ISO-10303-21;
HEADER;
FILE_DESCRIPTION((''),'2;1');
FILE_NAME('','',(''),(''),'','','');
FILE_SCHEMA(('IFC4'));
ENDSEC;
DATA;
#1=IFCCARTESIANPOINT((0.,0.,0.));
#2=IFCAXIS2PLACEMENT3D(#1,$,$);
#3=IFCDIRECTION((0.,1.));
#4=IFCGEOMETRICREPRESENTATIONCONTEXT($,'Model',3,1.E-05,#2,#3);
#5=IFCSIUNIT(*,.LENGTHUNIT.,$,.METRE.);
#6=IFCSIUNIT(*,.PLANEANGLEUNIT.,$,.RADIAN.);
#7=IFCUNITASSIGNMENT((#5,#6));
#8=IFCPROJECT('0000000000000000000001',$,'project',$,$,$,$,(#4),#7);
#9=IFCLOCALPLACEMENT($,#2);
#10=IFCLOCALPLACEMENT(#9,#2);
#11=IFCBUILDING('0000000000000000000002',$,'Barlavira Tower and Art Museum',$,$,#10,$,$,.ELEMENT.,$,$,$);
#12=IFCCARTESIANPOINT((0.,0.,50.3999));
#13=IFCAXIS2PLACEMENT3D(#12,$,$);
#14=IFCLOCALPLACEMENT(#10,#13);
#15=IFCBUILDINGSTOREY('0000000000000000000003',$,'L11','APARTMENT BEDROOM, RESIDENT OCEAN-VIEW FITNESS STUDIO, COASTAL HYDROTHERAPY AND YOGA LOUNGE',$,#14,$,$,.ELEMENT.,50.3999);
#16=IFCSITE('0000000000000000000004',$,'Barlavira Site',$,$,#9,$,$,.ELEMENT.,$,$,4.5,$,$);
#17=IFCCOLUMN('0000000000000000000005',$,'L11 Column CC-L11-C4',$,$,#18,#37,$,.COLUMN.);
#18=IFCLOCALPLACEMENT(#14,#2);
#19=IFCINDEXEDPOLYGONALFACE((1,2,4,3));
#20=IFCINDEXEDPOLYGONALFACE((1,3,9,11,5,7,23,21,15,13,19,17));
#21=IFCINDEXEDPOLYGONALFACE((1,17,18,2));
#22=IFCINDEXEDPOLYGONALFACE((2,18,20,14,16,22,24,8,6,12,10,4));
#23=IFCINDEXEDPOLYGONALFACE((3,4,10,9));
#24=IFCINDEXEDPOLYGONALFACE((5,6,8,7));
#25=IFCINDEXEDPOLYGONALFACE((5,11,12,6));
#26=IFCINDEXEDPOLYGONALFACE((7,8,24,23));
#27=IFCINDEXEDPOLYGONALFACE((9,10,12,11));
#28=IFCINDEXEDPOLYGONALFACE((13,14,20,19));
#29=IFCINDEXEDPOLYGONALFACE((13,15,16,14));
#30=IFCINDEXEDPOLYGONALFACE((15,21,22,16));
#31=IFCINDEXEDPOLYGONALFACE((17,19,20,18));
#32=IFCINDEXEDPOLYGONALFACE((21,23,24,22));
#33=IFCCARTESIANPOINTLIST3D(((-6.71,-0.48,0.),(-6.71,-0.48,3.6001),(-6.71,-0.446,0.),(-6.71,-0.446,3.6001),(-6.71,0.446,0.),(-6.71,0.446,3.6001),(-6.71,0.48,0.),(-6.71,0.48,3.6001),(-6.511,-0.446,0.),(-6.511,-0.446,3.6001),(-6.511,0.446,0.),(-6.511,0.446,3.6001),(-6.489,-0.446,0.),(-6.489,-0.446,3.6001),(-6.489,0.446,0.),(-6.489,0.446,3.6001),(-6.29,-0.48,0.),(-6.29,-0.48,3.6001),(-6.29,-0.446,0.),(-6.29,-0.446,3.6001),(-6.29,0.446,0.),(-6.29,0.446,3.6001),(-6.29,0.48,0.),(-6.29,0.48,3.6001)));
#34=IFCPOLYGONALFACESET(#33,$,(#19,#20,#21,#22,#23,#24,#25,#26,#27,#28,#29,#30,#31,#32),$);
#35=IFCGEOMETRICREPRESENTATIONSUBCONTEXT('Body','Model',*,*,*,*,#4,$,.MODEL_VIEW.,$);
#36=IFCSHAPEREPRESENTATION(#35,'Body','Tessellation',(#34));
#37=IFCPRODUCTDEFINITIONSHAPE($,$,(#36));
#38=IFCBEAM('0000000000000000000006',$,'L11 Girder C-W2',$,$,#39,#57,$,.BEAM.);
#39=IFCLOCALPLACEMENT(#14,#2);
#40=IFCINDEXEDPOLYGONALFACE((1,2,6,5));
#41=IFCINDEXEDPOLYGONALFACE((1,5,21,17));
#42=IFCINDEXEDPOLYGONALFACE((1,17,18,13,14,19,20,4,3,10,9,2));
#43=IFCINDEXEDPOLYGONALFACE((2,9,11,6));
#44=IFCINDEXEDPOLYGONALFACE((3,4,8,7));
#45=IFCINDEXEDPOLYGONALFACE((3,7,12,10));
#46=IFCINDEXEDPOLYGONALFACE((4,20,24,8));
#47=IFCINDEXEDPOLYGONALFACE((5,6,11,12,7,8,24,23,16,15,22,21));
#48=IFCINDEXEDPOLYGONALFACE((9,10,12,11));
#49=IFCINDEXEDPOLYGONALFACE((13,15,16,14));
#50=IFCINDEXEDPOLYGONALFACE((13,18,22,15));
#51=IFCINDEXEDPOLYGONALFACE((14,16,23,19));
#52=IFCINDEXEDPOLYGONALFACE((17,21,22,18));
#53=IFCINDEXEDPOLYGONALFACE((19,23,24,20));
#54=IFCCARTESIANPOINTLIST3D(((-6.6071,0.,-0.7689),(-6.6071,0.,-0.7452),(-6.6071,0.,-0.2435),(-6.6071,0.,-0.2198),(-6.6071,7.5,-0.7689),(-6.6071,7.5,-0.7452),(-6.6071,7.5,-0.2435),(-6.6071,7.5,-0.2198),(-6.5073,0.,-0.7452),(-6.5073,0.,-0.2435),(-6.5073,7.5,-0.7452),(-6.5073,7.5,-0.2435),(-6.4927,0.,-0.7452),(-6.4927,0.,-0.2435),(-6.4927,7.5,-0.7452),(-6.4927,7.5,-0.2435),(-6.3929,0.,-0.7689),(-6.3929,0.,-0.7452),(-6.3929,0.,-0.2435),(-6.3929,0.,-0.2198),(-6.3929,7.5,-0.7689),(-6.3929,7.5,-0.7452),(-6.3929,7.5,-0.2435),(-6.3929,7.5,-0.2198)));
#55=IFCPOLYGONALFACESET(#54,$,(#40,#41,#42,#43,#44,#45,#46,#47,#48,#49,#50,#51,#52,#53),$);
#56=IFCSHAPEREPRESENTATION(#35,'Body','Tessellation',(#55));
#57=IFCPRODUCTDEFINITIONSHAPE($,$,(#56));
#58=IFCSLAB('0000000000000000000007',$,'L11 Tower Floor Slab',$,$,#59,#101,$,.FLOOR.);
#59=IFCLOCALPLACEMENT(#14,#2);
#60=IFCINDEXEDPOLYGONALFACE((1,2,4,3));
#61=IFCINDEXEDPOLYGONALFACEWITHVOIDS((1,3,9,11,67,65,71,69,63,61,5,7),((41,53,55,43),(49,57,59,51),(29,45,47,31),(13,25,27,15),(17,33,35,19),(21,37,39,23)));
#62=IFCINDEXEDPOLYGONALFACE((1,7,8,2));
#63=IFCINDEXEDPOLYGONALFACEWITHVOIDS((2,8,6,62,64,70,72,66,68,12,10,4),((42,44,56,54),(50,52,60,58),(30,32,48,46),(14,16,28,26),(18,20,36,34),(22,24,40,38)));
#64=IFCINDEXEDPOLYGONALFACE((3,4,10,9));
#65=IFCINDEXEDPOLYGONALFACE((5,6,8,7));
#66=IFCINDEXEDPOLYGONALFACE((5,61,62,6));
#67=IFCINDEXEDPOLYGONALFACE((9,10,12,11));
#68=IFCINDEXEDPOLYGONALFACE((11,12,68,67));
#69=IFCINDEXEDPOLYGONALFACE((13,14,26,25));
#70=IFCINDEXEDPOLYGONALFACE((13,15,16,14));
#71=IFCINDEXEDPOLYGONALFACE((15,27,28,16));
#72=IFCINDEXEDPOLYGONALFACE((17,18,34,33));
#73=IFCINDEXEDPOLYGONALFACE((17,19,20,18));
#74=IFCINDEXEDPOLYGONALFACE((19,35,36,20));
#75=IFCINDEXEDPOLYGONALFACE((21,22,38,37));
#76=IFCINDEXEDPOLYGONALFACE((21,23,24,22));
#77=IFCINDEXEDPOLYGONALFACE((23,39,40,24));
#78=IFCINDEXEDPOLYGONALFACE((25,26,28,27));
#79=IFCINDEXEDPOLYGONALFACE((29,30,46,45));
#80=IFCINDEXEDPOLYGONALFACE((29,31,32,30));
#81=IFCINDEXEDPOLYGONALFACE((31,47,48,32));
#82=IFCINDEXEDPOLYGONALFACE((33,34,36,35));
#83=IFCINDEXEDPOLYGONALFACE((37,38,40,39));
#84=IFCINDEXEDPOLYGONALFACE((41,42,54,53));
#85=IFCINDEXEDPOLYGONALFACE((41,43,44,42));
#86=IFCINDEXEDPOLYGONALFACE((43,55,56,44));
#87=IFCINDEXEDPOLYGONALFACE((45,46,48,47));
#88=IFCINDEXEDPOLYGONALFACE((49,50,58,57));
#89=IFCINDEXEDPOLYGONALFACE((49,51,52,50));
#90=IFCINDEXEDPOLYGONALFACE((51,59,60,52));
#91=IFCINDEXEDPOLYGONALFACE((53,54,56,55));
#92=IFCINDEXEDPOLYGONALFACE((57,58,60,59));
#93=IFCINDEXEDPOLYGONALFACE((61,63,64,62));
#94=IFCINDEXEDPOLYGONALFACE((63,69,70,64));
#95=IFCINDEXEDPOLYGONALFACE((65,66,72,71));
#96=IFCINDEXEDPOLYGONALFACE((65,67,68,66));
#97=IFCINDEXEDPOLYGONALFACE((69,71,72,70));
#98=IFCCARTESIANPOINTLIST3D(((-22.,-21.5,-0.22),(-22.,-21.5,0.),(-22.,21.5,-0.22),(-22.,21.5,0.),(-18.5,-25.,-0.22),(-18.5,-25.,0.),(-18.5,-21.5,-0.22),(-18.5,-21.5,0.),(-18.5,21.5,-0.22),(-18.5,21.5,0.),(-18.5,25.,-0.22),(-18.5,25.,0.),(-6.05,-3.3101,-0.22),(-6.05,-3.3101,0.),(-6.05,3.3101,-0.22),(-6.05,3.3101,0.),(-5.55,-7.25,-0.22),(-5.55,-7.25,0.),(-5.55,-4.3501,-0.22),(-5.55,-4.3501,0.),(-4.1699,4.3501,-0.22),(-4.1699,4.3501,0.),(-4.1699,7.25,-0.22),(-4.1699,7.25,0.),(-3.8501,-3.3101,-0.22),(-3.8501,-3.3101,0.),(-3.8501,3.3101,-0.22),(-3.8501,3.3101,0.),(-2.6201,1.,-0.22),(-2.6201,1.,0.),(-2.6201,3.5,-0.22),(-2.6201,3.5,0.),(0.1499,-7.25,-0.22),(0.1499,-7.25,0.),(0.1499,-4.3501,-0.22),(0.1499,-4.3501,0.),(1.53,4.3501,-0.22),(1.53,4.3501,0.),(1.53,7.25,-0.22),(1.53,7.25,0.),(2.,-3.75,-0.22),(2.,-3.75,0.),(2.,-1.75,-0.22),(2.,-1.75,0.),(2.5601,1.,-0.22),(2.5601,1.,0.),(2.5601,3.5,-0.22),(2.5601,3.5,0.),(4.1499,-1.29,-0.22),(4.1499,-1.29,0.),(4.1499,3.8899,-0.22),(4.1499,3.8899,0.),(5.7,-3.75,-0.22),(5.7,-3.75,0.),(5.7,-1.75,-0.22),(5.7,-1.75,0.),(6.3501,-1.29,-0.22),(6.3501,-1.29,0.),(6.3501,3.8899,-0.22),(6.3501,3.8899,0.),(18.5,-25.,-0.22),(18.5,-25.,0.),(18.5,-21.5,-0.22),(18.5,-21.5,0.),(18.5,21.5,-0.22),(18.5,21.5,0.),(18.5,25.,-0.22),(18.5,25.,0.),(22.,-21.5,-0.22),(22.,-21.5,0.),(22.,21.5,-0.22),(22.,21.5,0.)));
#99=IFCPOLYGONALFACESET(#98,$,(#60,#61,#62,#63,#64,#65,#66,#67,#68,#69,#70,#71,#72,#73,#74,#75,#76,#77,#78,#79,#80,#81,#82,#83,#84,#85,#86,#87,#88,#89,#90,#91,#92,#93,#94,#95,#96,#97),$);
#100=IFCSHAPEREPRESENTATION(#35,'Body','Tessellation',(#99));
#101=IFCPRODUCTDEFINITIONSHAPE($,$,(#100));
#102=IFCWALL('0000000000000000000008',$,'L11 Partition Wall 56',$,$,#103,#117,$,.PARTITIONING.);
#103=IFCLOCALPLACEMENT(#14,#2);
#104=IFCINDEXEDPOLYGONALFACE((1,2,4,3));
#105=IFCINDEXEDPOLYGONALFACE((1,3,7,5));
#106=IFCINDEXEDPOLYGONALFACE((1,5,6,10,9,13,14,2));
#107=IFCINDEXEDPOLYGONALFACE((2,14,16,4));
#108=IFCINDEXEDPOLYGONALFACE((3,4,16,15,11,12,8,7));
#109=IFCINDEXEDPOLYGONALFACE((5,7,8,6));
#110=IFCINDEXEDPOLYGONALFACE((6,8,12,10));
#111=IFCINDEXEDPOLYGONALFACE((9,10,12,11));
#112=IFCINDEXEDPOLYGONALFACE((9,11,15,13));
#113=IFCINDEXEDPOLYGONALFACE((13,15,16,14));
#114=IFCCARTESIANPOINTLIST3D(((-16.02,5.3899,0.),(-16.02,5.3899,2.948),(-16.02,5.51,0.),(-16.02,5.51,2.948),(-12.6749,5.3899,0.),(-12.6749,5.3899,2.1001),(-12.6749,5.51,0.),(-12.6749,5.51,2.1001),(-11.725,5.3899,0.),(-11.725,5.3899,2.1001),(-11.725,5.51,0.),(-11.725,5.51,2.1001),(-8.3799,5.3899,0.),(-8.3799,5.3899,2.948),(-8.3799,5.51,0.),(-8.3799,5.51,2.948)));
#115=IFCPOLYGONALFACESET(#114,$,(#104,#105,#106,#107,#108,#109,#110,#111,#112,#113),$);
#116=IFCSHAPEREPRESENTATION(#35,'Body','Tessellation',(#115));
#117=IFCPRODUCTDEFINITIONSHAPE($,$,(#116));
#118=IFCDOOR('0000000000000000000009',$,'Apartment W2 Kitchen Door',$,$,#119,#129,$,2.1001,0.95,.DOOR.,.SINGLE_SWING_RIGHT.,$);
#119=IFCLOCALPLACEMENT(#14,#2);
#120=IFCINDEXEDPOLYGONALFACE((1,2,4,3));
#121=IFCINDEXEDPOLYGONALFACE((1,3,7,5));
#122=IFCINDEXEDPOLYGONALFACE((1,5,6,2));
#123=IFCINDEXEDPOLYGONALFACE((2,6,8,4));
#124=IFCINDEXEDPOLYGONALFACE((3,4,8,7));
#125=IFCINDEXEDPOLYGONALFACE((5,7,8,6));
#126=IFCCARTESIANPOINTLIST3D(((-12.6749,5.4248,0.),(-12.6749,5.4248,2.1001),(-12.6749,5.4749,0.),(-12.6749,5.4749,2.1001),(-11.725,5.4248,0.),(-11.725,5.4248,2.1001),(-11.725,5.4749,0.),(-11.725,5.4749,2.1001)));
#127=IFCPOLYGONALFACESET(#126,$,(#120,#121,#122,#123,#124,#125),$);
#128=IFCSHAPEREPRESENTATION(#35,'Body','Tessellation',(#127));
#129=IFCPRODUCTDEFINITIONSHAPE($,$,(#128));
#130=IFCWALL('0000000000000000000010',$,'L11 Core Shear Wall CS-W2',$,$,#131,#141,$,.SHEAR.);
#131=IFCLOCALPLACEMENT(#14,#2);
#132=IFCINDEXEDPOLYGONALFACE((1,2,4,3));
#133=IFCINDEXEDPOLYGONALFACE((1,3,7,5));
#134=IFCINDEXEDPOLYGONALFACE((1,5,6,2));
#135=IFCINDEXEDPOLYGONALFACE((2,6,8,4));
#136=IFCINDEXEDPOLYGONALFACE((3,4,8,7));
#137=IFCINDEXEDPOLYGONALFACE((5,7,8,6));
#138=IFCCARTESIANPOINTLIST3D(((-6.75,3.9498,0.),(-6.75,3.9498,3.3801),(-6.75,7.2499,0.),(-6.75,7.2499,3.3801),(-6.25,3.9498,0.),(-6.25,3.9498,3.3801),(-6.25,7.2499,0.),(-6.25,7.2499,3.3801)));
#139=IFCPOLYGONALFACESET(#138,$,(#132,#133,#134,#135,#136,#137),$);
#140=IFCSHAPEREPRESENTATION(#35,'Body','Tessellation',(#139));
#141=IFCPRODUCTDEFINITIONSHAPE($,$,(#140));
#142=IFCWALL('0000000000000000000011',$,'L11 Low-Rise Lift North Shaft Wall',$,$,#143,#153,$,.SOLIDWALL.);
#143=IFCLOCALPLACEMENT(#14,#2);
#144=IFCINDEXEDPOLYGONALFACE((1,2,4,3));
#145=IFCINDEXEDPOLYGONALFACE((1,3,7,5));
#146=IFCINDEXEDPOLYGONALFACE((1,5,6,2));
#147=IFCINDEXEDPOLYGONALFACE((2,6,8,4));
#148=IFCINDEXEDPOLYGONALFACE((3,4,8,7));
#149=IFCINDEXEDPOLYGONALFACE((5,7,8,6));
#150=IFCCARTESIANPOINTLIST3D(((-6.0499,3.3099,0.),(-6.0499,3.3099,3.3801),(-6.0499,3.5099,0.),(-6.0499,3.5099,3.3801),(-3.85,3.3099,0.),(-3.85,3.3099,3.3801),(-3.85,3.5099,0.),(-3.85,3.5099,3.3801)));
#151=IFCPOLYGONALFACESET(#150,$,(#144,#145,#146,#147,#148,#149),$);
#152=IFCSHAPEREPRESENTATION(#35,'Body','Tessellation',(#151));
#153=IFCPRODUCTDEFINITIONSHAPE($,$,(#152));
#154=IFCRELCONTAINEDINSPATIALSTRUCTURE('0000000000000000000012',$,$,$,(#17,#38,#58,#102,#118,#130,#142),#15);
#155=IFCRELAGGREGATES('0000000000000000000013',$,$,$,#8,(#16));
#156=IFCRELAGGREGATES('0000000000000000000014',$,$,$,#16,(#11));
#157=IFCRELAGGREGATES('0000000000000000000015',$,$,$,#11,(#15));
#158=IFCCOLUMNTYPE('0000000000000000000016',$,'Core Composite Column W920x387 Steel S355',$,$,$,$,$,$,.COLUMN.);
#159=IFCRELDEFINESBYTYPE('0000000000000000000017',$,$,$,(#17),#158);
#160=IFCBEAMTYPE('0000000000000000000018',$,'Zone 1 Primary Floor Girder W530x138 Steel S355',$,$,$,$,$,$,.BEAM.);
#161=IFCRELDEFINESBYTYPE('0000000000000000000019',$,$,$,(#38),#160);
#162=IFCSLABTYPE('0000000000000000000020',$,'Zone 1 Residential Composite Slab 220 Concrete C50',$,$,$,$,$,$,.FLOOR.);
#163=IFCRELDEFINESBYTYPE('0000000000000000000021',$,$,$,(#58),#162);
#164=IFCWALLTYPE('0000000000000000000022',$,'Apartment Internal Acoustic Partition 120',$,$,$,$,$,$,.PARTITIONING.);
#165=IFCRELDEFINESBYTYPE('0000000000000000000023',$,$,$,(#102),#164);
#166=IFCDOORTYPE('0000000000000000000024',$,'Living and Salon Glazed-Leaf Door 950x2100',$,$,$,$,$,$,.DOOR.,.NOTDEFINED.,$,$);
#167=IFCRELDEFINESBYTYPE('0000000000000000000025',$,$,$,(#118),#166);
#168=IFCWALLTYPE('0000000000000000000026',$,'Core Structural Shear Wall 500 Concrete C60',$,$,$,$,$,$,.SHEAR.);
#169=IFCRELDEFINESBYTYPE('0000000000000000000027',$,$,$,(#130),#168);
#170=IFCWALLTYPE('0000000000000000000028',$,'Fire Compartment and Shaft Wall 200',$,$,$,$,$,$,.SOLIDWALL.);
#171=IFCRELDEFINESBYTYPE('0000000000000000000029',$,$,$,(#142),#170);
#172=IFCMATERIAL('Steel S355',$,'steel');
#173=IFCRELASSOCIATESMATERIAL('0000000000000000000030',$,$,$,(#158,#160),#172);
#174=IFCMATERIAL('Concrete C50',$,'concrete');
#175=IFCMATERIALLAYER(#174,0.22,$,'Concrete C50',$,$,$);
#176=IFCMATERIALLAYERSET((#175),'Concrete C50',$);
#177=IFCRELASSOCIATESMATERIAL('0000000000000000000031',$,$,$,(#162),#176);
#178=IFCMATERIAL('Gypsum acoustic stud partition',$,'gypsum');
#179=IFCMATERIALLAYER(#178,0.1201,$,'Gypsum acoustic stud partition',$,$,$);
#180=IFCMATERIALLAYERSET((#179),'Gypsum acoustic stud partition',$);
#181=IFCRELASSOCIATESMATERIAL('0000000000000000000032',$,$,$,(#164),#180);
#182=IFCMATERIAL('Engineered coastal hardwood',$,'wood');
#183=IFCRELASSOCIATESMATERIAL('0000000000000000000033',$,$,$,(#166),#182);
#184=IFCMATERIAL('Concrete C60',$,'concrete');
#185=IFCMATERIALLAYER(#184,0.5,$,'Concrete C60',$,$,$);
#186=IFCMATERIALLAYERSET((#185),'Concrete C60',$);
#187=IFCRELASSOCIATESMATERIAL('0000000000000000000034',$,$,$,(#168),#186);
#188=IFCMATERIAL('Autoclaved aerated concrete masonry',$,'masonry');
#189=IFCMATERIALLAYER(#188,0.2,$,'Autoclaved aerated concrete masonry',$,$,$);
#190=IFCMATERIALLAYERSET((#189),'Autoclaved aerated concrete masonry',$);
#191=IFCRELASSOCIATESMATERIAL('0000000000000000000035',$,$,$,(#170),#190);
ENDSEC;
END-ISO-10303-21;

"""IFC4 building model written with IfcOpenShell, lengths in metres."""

from ifc_helpers import new_model, si_unit, direction, frame, frame_2d, origin, origin_2d, place, context, subcontext, project, spatial, polyline, rectangle, i_section, outline, extrude, material, layer, layer_set, material_profile, profile_set, type_object, element, fill, save


model = new_model("IFC4")

# Units and contexts
model_context = context("Model", 3, precision=1e-05, world=origin(), true_north=direction((0.0, 1.0)))
body_context = subcontext(model_context, "Body", "Model", "MODEL_VIEW")
ifc_project = project(units=[si_unit("LENGTHUNIT", "METRE"), si_unit("PLANEANGLEUNIT", "RADIAN")], contexts=[model_context])

# Site, building, storey
site_placement = place(None, origin())
site = spatial("IfcSite", under=ifc_project, at=site_placement, Name="Barlavira Site", CompositionType="ELEMENT", RefElevation=4.5)
building_placement = place(site_placement, origin())
building = spatial("IfcBuilding", under=site, at=building_placement, Name="Barlavira Tower and Art Museum", CompositionType="ELEMENT")
storey_placement = place(building_placement, frame((0.0, 0.0, 50.3999)))
storey = spatial("IfcBuildingStorey", under=building, at=storey_placement, Name="L11", Description="APARTMENT BEDROOM, RESIDENT OCEAN-VIEW FITNESS STUDIO, COASTAL HYDROTHERAPY AND YOGA LOUNGE", CompositionType="ELEMENT", Elevation=50.3999)

# Column
ifc_material_1 = material(Name="Steel S355", Category="steel")
ifc_material_profile_1 = material_profile(ifc_material_1, i_section(OverallWidth=0.4199, OverallDepth=0.96, WebThickness=0.022, FlangeThickness=0.0339, at=origin_2d()), Name="W920x387.0")
ifc_profile_set_1 = profile_set([ifc_material_profile_1], Name="Steel S355")
column_type = type_object("IfcColumnType", Name="Core Composite Column W920x387 Steel S355", PredefinedType="COLUMN", material=ifc_profile_set_1)
column_placement = place(storey_placement, frame((-6.5, 0.0, 0.0), z_axis=(0.0, 0.0, 1.0), x_axis=(1.0, 0.0, 0.0)))
element("IfcColumn", 1, at=column_placement, inside=storey, type_object=column_type, Name="L11 Column CC-L11-C4", PredefinedType="COLUMN", context=body_context, shape_type="SweptSolid", body=[
    extrude(i_section(OverallWidth=0.4199, OverallDepth=0.96, WebThickness=0.022, FlangeThickness=0.0339, at=origin_2d()), origin(), (0.0, 0.0, 1.0), 3.6001),
])

# Beam
ifc_material_profile_2 = material_profile(ifc_material_1, i_section(OverallWidth=0.2141, OverallDepth=0.5491, WebThickness=0.0146, FlangeThickness=0.0237, at=origin_2d()), Name="W530x138.0")
ifc_profile_set_2 = profile_set([ifc_material_profile_2], Name="Steel S355")
beam_type = type_object("IfcBeamType", Name="Zone 1 Primary Floor Girder W530x138 Steel S355", PredefinedType="BEAM", material=ifc_profile_set_2)
beam_placement = place(storey_placement, frame((-6.5, 0.0, -0.4944), z_axis=(0.0, 1.0, 0.0), x_axis=(-1.0, 0.0, 0.0)))
element("IfcBeam", 2, at=beam_placement, inside=storey, type_object=beam_type, Name="L11 Girder C-W2", PredefinedType="BEAM", context=body_context, shape_type="SweptSolid", body=[
    extrude(i_section(OverallWidth=0.2141, OverallDepth=0.5491, WebThickness=0.0146, FlangeThickness=0.0237, at=origin_2d()), origin(), (0.0, 0.0, 1.0), 7.5),
])

# Slab
ifc_material_2 = material(Name="Concrete C50", Category="concrete")
ifc_layer_1 = layer(ifc_material_2, 0.22, Name="Concrete C50")
ifc_layer_set_1 = layer_set([ifc_layer_1], Name="Concrete C50")
slab_type = type_object("IfcSlabType", Name="Zone 1 Residential Composite Slab 220 Concrete C50", PredefinedType="FLOOR", material=ifc_layer_set_1)
slab_placement = place(storey_placement, frame((0.0, 0.0, -0.22)))
element("IfcSlab", 3, at=slab_placement, inside=storey, type_object=slab_type, Name="L11 Tower Floor Slab", PredefinedType="FLOOR", context=body_context, shape_type="SweptSolid", body=[
    extrude(outline(polyline([(-18.5, -25.0), (18.5, -25.0), (18.5, -21.5), (22.0, -21.5), (22.0, 21.5), (18.5, 21.5), (18.5, 25.0), (-18.5, 25.0), (-18.5, 21.5), (-22.0, 21.5), (-22.0, -21.5), (-18.5, -21.5), (-18.5, -25.0)]), holes=[polyline([(0.1499, -4.3501), (-5.55, -4.3501), (-5.55, -7.25), (0.1499, -7.25), (0.1499, -4.3501)]), polyline([(-4.1699, 4.3501), (1.53, 4.3501), (1.53, 7.25), (-4.1699, 7.25), (-4.1699, 4.3501)]), polyline([(-6.05, -3.3101), (-3.8501, -3.3101), (-3.8501, 3.3101), (-6.05, 3.3101), (-6.05, -3.3101)]), polyline([(4.1499, -1.29), (6.3501, -1.29), (6.3501, 3.8899), (4.1499, 3.8899), (4.1499, -1.29)]), polyline([(-2.6201, 1.0), (2.5601, 1.0), (2.5601, 3.5), (-2.6201, 3.5), (-2.6201, 1.0)]), polyline([(2.0, -3.75), (5.7, -3.75), (5.7, -1.75), (2.0, -1.75), (2.0, -3.75)])]), origin(), (0.0, 0.0, 1.0), 0.22),
])

# Wall, opening, door
ifc_material_3 = material(Name="Gypsum acoustic stud partition", Category="gypsum")
ifc_layer_2 = layer(ifc_material_3, 0.1201, Name="Gypsum acoustic stud partition")
ifc_layer_set_2 = layer_set([ifc_layer_2], Name="Gypsum acoustic stud partition")
wall_type_1 = type_object("IfcWallType", Name="Apartment Internal Acoustic Partition 120", PredefinedType="PARTITIONING", material=ifc_layer_set_2)
wall_1_placement = place(storey_placement, frame((-16.02, 5.45, 0.0), z_axis=(0.0, 0.0, 1.0), x_axis=(1.0, 0.0, 0.0)))
wall_1 = element("IfcWall", 4, at=wall_1_placement, inside=storey, type_object=wall_type_1, Name="L11 Partition Wall 56", PredefinedType="PARTITIONING", context=body_context, shape_type="SweptSolid", body=[
    extrude(rectangle(XDim=7.6401, YDim=0.1201, at=frame_2d((3.8201, 0.0))), origin(), (0.0, 0.0, 1.0), 2.948),
])
opening_1_placement = place(wall_1_placement, frame((3.345, 0.0, 0.0)))
opening_1 = element("IfcOpeningElement", 5, at=opening_1_placement, cuts=wall_1, PredefinedType="OPENING", context=body_context, shape_type="SweptSolid", body=[
    extrude(rectangle(XDim=0.95, YDim=2.1001, at=frame_2d((0.4751, 1.05))), frame((0.0, 0.0701, 0.0), z_axis=(0.0, -1.0, 0.0), x_axis=(1.0, 0.0, 0.0)), (0.0, 0.0, 1.0), 0.1401),
])
ifc_material_4 = material(Name="Engineered coastal hardwood", Category="wood")
door_type_1 = type_object("IfcDoorType", Name="Living and Salon Glazed-Leaf Door 950x2100", OperationType="NOTDEFINED", PredefinedType="DOOR", material=ifc_material_4)
door_1_placement = place(opening_1_placement, origin())
door_1 = element("IfcDoor", 6, at=door_1_placement, inside=storey, type_object=door_type_1, Name="Apartment W2 Kitchen Door", OperationType="SINGLE_SWING_RIGHT", OverallHeight=2.1001, OverallWidth=0.95, PredefinedType="DOOR", context=body_context, shape_type="SweptSolid", body=[
    extrude(rectangle(XDim=0.95, YDim=2.1001, at=frame_2d((0.4751, 1.05))), frame((0.0, 0.0249, 0.0), z_axis=(0.0, -1.0, 0.0), x_axis=(1.0, 0.0, 0.0)), (0.0, 0.0, 1.0), 0.05),
])
fill(opening_1, door_1)

# Walls
ifc_material_5 = material(Name="Concrete C60", Category="concrete")
ifc_layer_3 = layer(ifc_material_5, 0.5, Name="Concrete C60")
ifc_layer_set_3 = layer_set([ifc_layer_3], Name="Concrete C60")
wall_type_2 = type_object("IfcWallType", Name="Core Structural Shear Wall 500 Concrete C60", PredefinedType="SHEAR", material=ifc_layer_set_3)
wall_2_placement = place(storey_placement, frame((-6.5, 3.95, 0.0), z_axis=(0.0, 0.0, 1.0), x_axis=(0.0, 1.0, 0.0)))
element("IfcWall", 7, at=wall_2_placement, inside=storey, type_object=wall_type_2, Name="L11 Core Shear Wall CS-W2", PredefinedType="SHEAR", context=body_context, shape_type="SweptSolid", body=[
    extrude(rectangle(XDim=3.3, YDim=0.5, at=frame_2d((1.6499, 0.0))), origin(), (0.0, 0.0, 1.0), 3.3801),
])
ifc_material_6 = material(Name="Autoclaved aerated concrete masonry", Category="masonry")
ifc_layer_4 = layer(ifc_material_6, 0.2, Name="Autoclaved aerated concrete masonry")
ifc_layer_set_4 = layer_set([ifc_layer_4], Name="Autoclaved aerated concrete masonry")
wall_type_3 = type_object("IfcWallType", Name="Fire Compartment and Shaft Wall 200", PredefinedType="SOLIDWALL", material=ifc_layer_set_4)
wall_3_placement = place(storey_placement, frame((-6.05, 3.4099, 0.0), z_axis=(0.0, 0.0, 1.0), x_axis=(1.0, 0.0, 0.0)))
element("IfcWall", 8, at=wall_3_placement, inside=storey, type_object=wall_type_3, Name="L11 Low-Rise Lift North Shaft Wall", PredefinedType="SOLIDWALL", context=body_context, shape_type="SweptSolid", body=[
    extrude(rectangle(XDim=2.2, YDim=0.2, at=frame_2d((1.1001, 0.0))), origin(), (0.0, 0.0, 1.0), 3.3801),
])

save(model, "model.ifc")
